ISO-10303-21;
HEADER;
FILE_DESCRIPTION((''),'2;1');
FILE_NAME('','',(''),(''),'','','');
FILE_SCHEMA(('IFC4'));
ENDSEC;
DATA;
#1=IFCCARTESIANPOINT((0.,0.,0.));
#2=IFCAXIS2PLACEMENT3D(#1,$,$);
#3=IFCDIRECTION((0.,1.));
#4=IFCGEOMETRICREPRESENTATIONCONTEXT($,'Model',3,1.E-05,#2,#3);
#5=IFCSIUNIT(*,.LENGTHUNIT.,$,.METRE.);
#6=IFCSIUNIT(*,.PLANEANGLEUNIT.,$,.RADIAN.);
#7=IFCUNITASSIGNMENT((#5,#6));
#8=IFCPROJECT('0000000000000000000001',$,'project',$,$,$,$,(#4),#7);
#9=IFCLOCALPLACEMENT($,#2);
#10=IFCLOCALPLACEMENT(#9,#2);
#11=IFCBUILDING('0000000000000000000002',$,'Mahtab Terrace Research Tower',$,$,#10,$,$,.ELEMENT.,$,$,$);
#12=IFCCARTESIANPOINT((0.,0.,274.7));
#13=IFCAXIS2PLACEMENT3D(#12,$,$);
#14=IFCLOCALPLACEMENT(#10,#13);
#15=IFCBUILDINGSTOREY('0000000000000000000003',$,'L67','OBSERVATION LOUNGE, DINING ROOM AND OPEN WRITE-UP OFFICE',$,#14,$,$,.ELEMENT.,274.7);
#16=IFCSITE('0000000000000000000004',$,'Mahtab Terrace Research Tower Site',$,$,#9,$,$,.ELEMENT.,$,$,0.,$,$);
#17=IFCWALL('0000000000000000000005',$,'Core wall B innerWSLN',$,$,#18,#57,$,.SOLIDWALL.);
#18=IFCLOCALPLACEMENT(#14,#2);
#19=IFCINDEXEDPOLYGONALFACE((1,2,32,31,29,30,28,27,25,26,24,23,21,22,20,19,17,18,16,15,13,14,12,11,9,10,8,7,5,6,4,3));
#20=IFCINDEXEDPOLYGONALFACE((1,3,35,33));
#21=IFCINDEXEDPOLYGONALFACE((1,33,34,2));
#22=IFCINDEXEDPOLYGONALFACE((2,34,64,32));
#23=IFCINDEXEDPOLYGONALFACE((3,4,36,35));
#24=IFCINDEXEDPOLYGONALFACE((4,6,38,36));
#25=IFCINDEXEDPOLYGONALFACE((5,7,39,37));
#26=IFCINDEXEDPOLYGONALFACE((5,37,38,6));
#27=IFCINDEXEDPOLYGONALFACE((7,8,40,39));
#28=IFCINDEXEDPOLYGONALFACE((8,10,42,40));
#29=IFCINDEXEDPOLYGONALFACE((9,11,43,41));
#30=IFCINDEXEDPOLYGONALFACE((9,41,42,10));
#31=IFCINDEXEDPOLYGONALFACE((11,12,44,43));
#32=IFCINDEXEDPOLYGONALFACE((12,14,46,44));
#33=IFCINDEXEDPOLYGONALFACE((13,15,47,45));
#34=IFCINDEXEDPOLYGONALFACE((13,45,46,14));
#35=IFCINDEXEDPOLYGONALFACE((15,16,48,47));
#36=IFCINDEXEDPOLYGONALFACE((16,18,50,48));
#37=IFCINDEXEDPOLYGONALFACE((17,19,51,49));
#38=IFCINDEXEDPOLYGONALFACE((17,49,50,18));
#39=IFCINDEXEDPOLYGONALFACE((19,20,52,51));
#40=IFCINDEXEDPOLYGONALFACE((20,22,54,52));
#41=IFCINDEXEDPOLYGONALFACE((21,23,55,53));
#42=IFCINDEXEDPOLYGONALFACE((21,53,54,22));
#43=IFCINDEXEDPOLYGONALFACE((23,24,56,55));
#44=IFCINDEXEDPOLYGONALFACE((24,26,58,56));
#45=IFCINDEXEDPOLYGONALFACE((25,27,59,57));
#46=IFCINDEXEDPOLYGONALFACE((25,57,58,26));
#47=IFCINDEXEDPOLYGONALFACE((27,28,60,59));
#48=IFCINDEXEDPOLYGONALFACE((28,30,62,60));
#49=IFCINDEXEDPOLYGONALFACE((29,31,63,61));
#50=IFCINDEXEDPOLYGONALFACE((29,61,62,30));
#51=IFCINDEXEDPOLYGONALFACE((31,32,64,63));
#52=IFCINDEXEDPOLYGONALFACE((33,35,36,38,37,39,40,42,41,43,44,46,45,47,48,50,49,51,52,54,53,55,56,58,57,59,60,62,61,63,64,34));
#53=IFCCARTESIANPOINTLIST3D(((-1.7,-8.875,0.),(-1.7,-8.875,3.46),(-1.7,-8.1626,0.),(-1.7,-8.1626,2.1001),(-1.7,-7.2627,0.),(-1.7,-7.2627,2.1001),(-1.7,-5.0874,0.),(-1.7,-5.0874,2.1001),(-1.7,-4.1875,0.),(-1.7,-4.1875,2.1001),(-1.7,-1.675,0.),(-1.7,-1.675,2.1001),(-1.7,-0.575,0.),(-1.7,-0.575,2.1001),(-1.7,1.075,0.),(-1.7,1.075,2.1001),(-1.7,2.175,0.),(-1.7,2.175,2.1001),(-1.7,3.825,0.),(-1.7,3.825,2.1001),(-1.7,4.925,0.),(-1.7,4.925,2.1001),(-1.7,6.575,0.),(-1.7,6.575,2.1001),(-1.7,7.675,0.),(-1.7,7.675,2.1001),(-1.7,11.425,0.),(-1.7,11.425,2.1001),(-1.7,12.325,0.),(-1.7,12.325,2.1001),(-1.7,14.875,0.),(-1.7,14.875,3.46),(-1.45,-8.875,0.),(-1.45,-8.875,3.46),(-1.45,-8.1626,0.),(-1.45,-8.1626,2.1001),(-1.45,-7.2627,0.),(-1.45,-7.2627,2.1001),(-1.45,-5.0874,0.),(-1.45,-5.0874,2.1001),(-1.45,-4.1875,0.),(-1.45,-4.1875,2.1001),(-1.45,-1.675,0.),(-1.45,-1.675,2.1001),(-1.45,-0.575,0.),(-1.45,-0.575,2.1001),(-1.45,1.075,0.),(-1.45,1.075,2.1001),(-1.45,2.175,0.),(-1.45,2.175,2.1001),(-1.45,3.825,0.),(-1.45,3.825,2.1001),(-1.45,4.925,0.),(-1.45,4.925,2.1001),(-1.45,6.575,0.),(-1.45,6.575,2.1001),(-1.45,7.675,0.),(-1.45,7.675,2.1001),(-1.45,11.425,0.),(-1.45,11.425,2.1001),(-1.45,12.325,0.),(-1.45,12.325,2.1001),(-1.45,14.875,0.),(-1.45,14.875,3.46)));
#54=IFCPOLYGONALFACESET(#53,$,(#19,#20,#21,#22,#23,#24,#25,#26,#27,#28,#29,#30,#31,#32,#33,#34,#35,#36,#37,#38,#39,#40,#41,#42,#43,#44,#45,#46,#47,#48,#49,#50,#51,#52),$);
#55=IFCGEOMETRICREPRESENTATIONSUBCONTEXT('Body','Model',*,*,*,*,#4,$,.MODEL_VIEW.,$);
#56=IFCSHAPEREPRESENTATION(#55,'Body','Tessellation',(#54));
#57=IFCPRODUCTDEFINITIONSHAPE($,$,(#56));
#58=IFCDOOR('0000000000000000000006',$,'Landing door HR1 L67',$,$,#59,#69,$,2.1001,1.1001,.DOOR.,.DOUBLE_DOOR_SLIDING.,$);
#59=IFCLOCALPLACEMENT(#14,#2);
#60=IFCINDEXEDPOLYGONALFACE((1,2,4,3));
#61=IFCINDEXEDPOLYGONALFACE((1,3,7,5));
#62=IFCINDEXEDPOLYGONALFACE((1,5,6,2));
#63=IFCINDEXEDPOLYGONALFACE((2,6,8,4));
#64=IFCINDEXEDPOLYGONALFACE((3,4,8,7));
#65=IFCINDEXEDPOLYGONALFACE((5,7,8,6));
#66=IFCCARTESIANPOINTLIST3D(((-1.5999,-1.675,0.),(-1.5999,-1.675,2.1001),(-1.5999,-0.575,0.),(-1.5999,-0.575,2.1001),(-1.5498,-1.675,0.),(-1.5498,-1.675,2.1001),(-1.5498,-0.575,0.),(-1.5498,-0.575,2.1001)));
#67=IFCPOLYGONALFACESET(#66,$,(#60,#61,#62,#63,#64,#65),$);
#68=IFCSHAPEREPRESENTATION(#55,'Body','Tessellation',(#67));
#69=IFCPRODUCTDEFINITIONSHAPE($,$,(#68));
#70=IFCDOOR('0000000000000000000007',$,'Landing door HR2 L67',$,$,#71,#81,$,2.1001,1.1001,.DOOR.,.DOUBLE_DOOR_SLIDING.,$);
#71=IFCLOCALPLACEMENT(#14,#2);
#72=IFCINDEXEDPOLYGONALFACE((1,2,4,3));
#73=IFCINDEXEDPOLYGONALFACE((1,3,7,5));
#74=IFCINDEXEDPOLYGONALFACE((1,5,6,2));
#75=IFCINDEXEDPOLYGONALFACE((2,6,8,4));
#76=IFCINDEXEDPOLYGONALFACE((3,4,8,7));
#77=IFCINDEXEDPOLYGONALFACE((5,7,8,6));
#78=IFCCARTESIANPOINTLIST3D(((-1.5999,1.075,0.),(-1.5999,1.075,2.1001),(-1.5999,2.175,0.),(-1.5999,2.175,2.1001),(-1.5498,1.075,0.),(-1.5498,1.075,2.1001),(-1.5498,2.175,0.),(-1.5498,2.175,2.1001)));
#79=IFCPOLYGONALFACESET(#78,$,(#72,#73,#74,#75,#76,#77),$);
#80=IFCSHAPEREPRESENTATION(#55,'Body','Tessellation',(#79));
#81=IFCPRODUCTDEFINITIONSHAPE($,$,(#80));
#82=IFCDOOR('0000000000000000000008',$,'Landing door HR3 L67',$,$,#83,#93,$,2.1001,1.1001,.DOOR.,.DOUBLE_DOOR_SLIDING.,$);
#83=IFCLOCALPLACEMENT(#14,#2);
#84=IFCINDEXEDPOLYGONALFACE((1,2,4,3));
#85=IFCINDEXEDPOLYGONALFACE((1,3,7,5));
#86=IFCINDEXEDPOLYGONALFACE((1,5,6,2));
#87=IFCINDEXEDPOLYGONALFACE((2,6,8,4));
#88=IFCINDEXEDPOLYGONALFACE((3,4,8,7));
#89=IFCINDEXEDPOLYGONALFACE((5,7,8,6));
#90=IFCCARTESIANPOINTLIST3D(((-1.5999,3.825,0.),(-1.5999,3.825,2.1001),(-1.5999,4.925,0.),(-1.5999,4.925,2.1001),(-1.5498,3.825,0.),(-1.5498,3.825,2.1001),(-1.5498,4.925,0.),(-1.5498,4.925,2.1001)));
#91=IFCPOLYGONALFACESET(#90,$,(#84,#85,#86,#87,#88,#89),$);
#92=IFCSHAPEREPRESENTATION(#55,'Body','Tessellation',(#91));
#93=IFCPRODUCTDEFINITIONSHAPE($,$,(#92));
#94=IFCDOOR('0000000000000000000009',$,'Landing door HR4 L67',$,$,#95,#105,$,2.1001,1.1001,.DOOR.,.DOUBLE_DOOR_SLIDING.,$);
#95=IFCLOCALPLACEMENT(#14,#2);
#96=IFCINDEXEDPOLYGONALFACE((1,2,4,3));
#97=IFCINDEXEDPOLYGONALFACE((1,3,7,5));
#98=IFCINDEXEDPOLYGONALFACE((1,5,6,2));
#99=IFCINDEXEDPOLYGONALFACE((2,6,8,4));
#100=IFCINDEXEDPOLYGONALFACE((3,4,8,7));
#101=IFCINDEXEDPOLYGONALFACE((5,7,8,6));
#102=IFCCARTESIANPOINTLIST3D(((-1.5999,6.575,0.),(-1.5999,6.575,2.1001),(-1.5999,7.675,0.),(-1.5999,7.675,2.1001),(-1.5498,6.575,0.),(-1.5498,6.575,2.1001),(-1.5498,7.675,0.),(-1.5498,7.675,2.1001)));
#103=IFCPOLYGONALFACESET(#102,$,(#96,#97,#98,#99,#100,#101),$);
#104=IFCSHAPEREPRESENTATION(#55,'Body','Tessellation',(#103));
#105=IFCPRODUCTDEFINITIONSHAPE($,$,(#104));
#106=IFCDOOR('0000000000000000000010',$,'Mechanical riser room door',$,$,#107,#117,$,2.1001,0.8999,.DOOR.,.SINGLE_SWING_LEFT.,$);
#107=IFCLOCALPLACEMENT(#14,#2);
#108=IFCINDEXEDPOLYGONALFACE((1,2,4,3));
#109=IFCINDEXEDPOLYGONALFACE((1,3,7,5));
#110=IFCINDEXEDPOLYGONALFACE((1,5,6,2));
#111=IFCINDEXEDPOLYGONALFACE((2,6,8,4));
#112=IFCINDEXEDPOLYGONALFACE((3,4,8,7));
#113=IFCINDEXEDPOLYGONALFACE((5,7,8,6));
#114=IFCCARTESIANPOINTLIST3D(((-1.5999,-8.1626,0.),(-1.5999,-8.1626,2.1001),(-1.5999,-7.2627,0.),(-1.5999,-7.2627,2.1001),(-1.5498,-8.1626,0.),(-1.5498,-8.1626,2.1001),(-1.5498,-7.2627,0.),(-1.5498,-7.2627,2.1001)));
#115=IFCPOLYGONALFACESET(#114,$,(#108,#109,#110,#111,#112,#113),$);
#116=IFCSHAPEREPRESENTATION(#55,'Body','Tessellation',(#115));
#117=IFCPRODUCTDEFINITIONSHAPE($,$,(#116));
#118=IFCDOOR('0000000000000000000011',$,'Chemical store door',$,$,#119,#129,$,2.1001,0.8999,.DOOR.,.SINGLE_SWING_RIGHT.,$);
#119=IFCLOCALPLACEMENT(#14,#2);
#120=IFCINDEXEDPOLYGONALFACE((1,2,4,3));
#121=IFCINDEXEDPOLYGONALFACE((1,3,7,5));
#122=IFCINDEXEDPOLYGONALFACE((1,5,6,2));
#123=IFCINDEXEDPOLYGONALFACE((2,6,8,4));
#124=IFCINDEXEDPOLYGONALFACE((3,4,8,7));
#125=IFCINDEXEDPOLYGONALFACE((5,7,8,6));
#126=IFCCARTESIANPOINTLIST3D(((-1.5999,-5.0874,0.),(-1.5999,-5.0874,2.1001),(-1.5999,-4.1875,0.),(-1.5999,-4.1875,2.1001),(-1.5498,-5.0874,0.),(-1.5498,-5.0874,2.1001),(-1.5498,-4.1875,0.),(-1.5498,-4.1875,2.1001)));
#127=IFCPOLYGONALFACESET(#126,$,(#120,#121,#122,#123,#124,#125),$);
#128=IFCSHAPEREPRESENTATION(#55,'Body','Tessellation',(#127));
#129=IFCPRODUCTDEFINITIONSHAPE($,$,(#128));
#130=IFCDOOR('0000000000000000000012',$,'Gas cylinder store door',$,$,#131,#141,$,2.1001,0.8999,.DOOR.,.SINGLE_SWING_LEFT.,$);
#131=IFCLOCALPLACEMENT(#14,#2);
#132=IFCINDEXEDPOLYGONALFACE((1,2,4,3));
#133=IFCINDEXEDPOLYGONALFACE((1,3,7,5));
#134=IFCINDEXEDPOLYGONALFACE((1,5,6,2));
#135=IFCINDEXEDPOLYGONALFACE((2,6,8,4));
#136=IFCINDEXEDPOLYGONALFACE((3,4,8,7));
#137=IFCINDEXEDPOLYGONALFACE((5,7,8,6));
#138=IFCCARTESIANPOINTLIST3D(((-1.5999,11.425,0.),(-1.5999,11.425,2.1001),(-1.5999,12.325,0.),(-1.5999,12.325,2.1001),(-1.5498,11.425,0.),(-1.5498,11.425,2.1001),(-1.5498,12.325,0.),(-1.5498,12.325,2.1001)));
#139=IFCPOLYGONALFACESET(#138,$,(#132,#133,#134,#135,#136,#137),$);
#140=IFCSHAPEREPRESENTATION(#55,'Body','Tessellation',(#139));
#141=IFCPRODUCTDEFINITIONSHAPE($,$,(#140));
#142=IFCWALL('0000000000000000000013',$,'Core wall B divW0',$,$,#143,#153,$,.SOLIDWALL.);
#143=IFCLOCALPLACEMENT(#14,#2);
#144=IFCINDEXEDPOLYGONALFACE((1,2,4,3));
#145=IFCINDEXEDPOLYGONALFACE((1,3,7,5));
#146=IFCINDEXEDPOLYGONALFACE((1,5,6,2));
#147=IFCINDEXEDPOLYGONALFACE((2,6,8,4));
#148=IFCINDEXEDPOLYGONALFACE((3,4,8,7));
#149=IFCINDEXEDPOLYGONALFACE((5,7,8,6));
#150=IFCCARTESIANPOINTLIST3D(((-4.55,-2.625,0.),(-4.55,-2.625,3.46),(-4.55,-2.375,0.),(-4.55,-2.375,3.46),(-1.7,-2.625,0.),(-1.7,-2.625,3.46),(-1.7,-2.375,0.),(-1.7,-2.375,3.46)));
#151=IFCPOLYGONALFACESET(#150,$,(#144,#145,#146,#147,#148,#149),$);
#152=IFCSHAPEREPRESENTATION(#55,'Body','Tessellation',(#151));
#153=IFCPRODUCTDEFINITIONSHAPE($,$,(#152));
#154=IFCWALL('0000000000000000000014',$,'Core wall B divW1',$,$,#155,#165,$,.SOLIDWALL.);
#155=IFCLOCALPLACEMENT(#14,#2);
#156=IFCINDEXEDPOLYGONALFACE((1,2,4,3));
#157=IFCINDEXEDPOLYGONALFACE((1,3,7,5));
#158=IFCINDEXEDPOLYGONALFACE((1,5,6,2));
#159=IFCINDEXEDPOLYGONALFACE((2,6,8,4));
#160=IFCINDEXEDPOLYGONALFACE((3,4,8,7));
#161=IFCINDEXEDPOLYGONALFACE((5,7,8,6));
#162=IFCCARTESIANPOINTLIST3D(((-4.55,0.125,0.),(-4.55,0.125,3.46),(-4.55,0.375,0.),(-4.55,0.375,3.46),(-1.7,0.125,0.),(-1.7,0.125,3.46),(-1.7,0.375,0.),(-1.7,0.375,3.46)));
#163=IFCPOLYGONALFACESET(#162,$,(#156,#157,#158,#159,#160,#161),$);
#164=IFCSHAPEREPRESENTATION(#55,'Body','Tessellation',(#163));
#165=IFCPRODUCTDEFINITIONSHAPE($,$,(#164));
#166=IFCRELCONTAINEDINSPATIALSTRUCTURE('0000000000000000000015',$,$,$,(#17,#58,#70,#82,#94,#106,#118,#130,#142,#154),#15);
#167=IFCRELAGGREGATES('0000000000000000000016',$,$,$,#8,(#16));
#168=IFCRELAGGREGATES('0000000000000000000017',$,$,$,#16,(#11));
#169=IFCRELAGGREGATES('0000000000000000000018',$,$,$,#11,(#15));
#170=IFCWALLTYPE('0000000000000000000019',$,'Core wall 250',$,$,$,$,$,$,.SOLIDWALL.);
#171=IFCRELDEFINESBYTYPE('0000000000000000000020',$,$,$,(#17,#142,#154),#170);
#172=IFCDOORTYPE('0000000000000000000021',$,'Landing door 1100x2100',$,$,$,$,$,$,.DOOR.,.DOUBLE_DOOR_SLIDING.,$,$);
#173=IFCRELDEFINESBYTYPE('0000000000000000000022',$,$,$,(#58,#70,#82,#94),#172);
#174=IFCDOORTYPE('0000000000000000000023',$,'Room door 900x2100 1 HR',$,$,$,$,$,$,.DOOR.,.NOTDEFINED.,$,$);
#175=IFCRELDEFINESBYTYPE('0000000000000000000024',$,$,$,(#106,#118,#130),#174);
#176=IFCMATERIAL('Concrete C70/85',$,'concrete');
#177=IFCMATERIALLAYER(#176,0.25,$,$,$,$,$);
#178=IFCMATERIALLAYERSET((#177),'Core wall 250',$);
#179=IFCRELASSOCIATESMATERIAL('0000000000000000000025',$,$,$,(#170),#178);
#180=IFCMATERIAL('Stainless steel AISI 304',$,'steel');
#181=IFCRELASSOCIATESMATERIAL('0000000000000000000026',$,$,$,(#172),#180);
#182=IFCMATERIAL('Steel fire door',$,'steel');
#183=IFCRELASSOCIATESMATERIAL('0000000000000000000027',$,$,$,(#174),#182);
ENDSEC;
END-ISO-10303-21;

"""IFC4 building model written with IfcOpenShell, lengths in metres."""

from ifc_helpers import new_model, si_unit, direction, frame, frame_2d, origin, place, context, subcontext, project, spatial, rectangle, extrude, material, layer, layer_set, type_object, element, fill, save


model = new_model("IFC4")

# Units and contexts
model_context = context("Model", 3, precision=1e-05, world=origin(), true_north=direction((0.0, 1.0)))
body_context = subcontext(model_context, "Body", "Model", "MODEL_VIEW")
ifc_project = project(units=[si_unit("LENGTHUNIT", "METRE"), si_unit("PLANEANGLEUNIT", "RADIAN")], contexts=[model_context])

# Site, building, storey
site_placement = place(None, origin())
site = spatial("IfcSite", under=ifc_project, at=site_placement, Name="Mahtab Terrace Research Tower Site", CompositionType="ELEMENT", RefElevation=0.0)
building_placement = place(site_placement, origin())
building = spatial("IfcBuilding", under=site, at=building_placement, Name="Mahtab Terrace Research Tower", CompositionType="ELEMENT")
storey_placement = place(building_placement, frame((0.0, 0.0, 274.7)))
storey = spatial("IfcBuildingStorey", under=building, at=storey_placement, Name="L67", Description="OBSERVATION LOUNGE, DINING ROOM AND OPEN WRITE-UP OFFICE", CompositionType="ELEMENT", Elevation=274.7)

# Shared definitions
ifc_material_1 = material(Name="Concrete C70/85", Category="concrete")

# Wall, openings, doors
ifc_layer_1 = layer(ifc_material_1, 0.25)
ifc_layer_set_1 = layer_set([ifc_layer_1], Name="Core wall 250")
wall_type_1 = type_object("IfcWallType", Name="Core wall 250", PredefinedType="SOLIDWALL", material=ifc_layer_set_1)
wall_1_placement = place(storey_placement, frame((-1.575, -8.875, 0.0), z_axis=(0.0, 0.0, 1.0), x_axis=(0.0, 1.0, 0.0)))
wall_1 = element("IfcWall", 1, at=wall_1_placement, inside=storey, type_object=wall_type_1, Name="Core wall B innerWSLN", PredefinedType="SOLIDWALL", context=body_context, shape_type="SweptSolid", body=[
    extrude(rectangle(XDim=23.75, YDim=0.25, at=frame_2d((11.875, 0.0))), origin(), (0.0, 0.0, 1.0), 3.46),
])
opening_1_placement = place(wall_1_placement, frame((7.2, 0.0, 0.0)))
opening_1 = element("IfcOpeningElement", 2, at=opening_1_placement, cuts=wall_1, PredefinedType="OPENING", context=body_context, shape_type="SweptSolid", body=[
    extrude(rectangle(XDim=1.1001, YDim=2.1001, at=frame_2d((0.55, 1.05))), frame((0.0, 0.135, 0.0), z_axis=(0.0, -1.0, 0.0), x_axis=(1.0, 0.0, 0.0)), (0.0, 0.0, 1.0), 0.27),
])
opening_2_placement = place(wall_1_placement, frame((9.95, 0.0, 0.0)))
opening_2 = element("IfcOpeningElement", 3, at=opening_2_placement, cuts=wall_1, PredefinedType="OPENING", context=body_context, shape_type="SweptSolid", body=[
    extrude(rectangle(XDim=1.1001, YDim=2.1001, at=frame_2d((0.55, 1.05))), frame((0.0, 0.135, 0.0), z_axis=(0.0, -1.0, 0.0), x_axis=(1.0, 0.0, 0.0)), (0.0, 0.0, 1.0), 0.27),
])
opening_3_placement = place(wall_1_placement, frame((12.7, 0.0, 0.0)))
opening_3 = element("IfcOpeningElement", 4, at=opening_3_placement, cuts=wall_1, PredefinedType="OPENING", context=body_context, shape_type="SweptSolid", body=[
    extrude(rectangle(XDim=1.1001, YDim=2.1001, at=frame_2d((0.55, 1.05))), frame((0.0, 0.135, 0.0), z_axis=(0.0, -1.0, 0.0), x_axis=(1.0, 0.0, 0.0)), (0.0, 0.0, 1.0), 0.27),
])
opening_4_placement = place(wall_1_placement, frame((15.45, 0.0, 0.0)))
opening_4 = element("IfcOpeningElement", 5, at=opening_4_placement, cuts=wall_1, PredefinedType="OPENING", context=body_context, shape_type="SweptSolid", body=[
    extrude(rectangle(XDim=1.1001, YDim=2.1001, at=frame_2d((0.55, 1.05))), frame((0.0, 0.135, 0.0), z_axis=(0.0, -1.0, 0.0), x_axis=(1.0, 0.0, 0.0)), (0.0, 0.0, 1.0), 0.27),
])
opening_5_placement = place(wall_1_placement, frame((0.7124, 0.0, 0.0)))
opening_5 = element("IfcOpeningElement", 6, at=opening_5_placement, cuts=wall_1, PredefinedType="OPENING", context=body_context, shape_type="SweptSolid", body=[
    extrude(rectangle(XDim=0.8999, YDim=2.1001, at=frame_2d((0.45, 1.05))), frame((0.0, 0.135, 0.0), z_axis=(0.0, -1.0, 0.0), x_axis=(1.0, 0.0, 0.0)), (0.0, 0.0, 1.0), 0.27),
])
opening_6_placement = place(wall_1_placement, frame((3.7876, 0.0, 0.0)))
opening_6 = element("IfcOpeningElement", 7, at=opening_6_placement, cuts=wall_1, PredefinedType="OPENING", context=body_context, shape_type="SweptSolid", body=[
    extrude(rectangle(XDim=0.8999, YDim=2.1001, at=frame_2d((0.45, 1.05))), frame((0.0, 0.135, 0.0), z_axis=(0.0, -1.0, 0.0), x_axis=(1.0, 0.0, 0.0)), (0.0, 0.0, 1.0), 0.27),
])
opening_7_placement = place(wall_1_placement, frame((20.3, 0.0, 0.0)))
opening_7 = element("IfcOpeningElement", 8, at=opening_7_placement, cuts=wall_1, PredefinedType="OPENING", context=body_context, shape_type="SweptSolid", body=[
    extrude(rectangle(XDim=0.8999, YDim=2.1001, at=frame_2d((0.45, 1.05))), frame((0.0, 0.135, 0.0), z_axis=(0.0, -1.0, 0.0), x_axis=(1.0, 0.0, 0.0)), (0.0, 0.0, 1.0), 0.27),
])
ifc_material_2 = material(Name="Stainless steel AISI 304", Category="steel")
door_type_1 = type_object("IfcDoorType", Name="Landing door 1100x2100", OperationType="DOUBLE_DOOR_SLIDING", PredefinedType="DOOR", material=ifc_material_2)
door_1_placement = place(opening_1_placement, origin())
door_1 = element("IfcDoor", 9, at=door_1_placement, inside=storey, type_object=door_type_1, Name="Landing door HR1 L67", OperationType="DOUBLE_DOOR_SLIDING", OverallHeight=2.1001, OverallWidth=1.1001, PredefinedType="DOOR", context=body_context, shape_type="SweptSolid", body=[
    extrude(rectangle(XDim=1.1001, YDim=2.1001, at=frame_2d((0.55, 1.05))), frame((0.0, 0.0249, 0.0), z_axis=(0.0, -1.0, 0.0), x_axis=(1.0, 0.0, 0.0)), (0.0, 0.0, 1.0), 0.05),
])
fill(opening_1, door_1)
door_2_placement = place(opening_2_placement, origin())
door_2 = element("IfcDoor", 10, at=door_2_placement, inside=storey, type_object=door_type_1, Name="Landing door HR2 L67", OperationType="DOUBLE_DOOR_SLIDING", OverallHeight=2.1001, OverallWidth=1.1001, PredefinedType="DOOR", context=body_context, shape_type="SweptSolid", body=[
    extrude(rectangle(XDim=1.1001, YDim=2.1001, at=frame_2d((0.55, 1.05))), frame((0.0, 0.0249, 0.0), z_axis=(0.0, -1.0, 0.0), x_axis=(1.0, 0.0, 0.0)), (0.0, 0.0, 1.0), 0.05),
])
fill(opening_2, door_2)
door_3_placement = place(opening_3_placement, origin())
door_3 = element("IfcDoor", 11, at=door_3_placement, inside=storey, type_object=door_type_1, Name="Landing door HR3 L67", OperationType="DOUBLE_DOOR_SLIDING", OverallHeight=2.1001, OverallWidth=1.1001, PredefinedType="DOOR", context=body_context, shape_type="SweptSolid", body=[
    extrude(rectangle(XDim=1.1001, YDim=2.1001, at=frame_2d((0.55, 1.05))), frame((0.0, 0.0249, 0.0), z_axis=(0.0, -1.0, 0.0), x_axis=(1.0, 0.0, 0.0)), (0.0, 0.0, 1.0), 0.05),
])
fill(opening_3, door_3)
door_4_placement = place(opening_4_placement, origin())
door_4 = element("IfcDoor", 12, at=door_4_placement, inside=storey, type_object=door_type_1, Name="Landing door HR4 L67", OperationType="DOUBLE_DOOR_SLIDING", OverallHeight=2.1001, OverallWidth=1.1001, PredefinedType="DOOR", context=body_context, shape_type="SweptSolid", body=[
    extrude(rectangle(XDim=1.1001, YDim=2.1001, at=frame_2d((0.55, 1.05))), frame((0.0, 0.0249, 0.0), z_axis=(0.0, -1.0, 0.0), x_axis=(1.0, 0.0, 0.0)), (0.0, 0.0, 1.0), 0.05),
])
fill(opening_4, door_4)
ifc_material_3 = material(Name="Steel fire door", Category="steel")
door_type_2 = type_object("IfcDoorType", Name="Room door 900x2100 1 HR", OperationType="NOTDEFINED", PredefinedType="DOOR", material=ifc_material_3)
door_5_placement = place(opening_5_placement, origin())
door_5 = element("IfcDoor", 13, at=door_5_placement, inside=storey, type_object=door_type_2, Name="Mechanical riser room door", OperationType="SINGLE_SWING_LEFT", OverallHeight=2.1001, OverallWidth=0.8999, PredefinedType="DOOR", context=body_context, shape_type="SweptSolid", body=[
    extrude(rectangle(XDim=0.8999, YDim=2.1001, at=frame_2d((0.45, 1.05))), frame((0.0, 0.0249, 0.0), z_axis=(0.0, -1.0, 0.0), x_axis=(1.0, 0.0, 0.0)), (0.0, 0.0, 1.0), 0.05),
])
fill(opening_5, door_5)
door_6_placement = place(opening_6_placement, origin())
door_6 = element("IfcDoor", 14, at=door_6_placement, inside=storey, type_object=door_type_2, Name="Chemical store door", OperationType="SINGLE_SWING_RIGHT", OverallHeight=2.1001, OverallWidth=0.8999, PredefinedType="DOOR", context=body_context, shape_type="SweptSolid", body=[
    extrude(rectangle(XDim=0.8999, YDim=2.1001, at=frame_2d((0.45, 1.05))), frame((0.0, 0.0249, 0.0), z_axis=(0.0, -1.0, 0.0), x_axis=(1.0, 0.0, 0.0)), (0.0, 0.0, 1.0), 0.05),
])
fill(opening_6, door_6)
door_7_placement = place(opening_7_placement, origin())
door_7 = element("IfcDoor", 15, at=door_7_placement, inside=storey, type_object=door_type_2, Name="Gas cylinder store door", OperationType="SINGLE_SWING_LEFT", OverallHeight=2.1001, OverallWidth=0.8999, PredefinedType="DOOR", context=body_context, shape_type="SweptSolid", body=[
    extrude(rectangle(XDim=0.8999, YDim=2.1001, at=frame_2d((0.45, 1.05))), frame((0.0, 0.0249, 0.0), z_axis=(0.0, -1.0, 0.0), x_axis=(1.0, 0.0, 0.0)), (0.0, 0.0, 1.0), 0.05),
])
fill(opening_7, door_7)

# Walls
for number, where, z_axis, x_axis, name in (
    (16, (-4.55, -2.5, 0.0), (0.0, 0.0, 1.0), (1.0, 0.0, 0.0), "Core wall B divW0"),
    (17, (-4.55, 0.25, 0.0), (0.0, 0.0, 1.0), (1.0, 0.0, 0.0), "Core wall B divW1"),
):
    element("IfcWall", number, at=place(storey_placement, frame(where, z_axis=z_axis, x_axis=x_axis)), inside=storey, type_object=wall_type_1, Name=name, PredefinedType="SOLIDWALL", context=body_context, shape_type="SweptSolid", body=[
        extrude(rectangle(XDim=2.8501, YDim=0.25, at=frame_2d((1.425, 0.0))), origin(), (0.0, 0.0, 1.0), 3.46),
    ])

save(model, "model.ifc")
